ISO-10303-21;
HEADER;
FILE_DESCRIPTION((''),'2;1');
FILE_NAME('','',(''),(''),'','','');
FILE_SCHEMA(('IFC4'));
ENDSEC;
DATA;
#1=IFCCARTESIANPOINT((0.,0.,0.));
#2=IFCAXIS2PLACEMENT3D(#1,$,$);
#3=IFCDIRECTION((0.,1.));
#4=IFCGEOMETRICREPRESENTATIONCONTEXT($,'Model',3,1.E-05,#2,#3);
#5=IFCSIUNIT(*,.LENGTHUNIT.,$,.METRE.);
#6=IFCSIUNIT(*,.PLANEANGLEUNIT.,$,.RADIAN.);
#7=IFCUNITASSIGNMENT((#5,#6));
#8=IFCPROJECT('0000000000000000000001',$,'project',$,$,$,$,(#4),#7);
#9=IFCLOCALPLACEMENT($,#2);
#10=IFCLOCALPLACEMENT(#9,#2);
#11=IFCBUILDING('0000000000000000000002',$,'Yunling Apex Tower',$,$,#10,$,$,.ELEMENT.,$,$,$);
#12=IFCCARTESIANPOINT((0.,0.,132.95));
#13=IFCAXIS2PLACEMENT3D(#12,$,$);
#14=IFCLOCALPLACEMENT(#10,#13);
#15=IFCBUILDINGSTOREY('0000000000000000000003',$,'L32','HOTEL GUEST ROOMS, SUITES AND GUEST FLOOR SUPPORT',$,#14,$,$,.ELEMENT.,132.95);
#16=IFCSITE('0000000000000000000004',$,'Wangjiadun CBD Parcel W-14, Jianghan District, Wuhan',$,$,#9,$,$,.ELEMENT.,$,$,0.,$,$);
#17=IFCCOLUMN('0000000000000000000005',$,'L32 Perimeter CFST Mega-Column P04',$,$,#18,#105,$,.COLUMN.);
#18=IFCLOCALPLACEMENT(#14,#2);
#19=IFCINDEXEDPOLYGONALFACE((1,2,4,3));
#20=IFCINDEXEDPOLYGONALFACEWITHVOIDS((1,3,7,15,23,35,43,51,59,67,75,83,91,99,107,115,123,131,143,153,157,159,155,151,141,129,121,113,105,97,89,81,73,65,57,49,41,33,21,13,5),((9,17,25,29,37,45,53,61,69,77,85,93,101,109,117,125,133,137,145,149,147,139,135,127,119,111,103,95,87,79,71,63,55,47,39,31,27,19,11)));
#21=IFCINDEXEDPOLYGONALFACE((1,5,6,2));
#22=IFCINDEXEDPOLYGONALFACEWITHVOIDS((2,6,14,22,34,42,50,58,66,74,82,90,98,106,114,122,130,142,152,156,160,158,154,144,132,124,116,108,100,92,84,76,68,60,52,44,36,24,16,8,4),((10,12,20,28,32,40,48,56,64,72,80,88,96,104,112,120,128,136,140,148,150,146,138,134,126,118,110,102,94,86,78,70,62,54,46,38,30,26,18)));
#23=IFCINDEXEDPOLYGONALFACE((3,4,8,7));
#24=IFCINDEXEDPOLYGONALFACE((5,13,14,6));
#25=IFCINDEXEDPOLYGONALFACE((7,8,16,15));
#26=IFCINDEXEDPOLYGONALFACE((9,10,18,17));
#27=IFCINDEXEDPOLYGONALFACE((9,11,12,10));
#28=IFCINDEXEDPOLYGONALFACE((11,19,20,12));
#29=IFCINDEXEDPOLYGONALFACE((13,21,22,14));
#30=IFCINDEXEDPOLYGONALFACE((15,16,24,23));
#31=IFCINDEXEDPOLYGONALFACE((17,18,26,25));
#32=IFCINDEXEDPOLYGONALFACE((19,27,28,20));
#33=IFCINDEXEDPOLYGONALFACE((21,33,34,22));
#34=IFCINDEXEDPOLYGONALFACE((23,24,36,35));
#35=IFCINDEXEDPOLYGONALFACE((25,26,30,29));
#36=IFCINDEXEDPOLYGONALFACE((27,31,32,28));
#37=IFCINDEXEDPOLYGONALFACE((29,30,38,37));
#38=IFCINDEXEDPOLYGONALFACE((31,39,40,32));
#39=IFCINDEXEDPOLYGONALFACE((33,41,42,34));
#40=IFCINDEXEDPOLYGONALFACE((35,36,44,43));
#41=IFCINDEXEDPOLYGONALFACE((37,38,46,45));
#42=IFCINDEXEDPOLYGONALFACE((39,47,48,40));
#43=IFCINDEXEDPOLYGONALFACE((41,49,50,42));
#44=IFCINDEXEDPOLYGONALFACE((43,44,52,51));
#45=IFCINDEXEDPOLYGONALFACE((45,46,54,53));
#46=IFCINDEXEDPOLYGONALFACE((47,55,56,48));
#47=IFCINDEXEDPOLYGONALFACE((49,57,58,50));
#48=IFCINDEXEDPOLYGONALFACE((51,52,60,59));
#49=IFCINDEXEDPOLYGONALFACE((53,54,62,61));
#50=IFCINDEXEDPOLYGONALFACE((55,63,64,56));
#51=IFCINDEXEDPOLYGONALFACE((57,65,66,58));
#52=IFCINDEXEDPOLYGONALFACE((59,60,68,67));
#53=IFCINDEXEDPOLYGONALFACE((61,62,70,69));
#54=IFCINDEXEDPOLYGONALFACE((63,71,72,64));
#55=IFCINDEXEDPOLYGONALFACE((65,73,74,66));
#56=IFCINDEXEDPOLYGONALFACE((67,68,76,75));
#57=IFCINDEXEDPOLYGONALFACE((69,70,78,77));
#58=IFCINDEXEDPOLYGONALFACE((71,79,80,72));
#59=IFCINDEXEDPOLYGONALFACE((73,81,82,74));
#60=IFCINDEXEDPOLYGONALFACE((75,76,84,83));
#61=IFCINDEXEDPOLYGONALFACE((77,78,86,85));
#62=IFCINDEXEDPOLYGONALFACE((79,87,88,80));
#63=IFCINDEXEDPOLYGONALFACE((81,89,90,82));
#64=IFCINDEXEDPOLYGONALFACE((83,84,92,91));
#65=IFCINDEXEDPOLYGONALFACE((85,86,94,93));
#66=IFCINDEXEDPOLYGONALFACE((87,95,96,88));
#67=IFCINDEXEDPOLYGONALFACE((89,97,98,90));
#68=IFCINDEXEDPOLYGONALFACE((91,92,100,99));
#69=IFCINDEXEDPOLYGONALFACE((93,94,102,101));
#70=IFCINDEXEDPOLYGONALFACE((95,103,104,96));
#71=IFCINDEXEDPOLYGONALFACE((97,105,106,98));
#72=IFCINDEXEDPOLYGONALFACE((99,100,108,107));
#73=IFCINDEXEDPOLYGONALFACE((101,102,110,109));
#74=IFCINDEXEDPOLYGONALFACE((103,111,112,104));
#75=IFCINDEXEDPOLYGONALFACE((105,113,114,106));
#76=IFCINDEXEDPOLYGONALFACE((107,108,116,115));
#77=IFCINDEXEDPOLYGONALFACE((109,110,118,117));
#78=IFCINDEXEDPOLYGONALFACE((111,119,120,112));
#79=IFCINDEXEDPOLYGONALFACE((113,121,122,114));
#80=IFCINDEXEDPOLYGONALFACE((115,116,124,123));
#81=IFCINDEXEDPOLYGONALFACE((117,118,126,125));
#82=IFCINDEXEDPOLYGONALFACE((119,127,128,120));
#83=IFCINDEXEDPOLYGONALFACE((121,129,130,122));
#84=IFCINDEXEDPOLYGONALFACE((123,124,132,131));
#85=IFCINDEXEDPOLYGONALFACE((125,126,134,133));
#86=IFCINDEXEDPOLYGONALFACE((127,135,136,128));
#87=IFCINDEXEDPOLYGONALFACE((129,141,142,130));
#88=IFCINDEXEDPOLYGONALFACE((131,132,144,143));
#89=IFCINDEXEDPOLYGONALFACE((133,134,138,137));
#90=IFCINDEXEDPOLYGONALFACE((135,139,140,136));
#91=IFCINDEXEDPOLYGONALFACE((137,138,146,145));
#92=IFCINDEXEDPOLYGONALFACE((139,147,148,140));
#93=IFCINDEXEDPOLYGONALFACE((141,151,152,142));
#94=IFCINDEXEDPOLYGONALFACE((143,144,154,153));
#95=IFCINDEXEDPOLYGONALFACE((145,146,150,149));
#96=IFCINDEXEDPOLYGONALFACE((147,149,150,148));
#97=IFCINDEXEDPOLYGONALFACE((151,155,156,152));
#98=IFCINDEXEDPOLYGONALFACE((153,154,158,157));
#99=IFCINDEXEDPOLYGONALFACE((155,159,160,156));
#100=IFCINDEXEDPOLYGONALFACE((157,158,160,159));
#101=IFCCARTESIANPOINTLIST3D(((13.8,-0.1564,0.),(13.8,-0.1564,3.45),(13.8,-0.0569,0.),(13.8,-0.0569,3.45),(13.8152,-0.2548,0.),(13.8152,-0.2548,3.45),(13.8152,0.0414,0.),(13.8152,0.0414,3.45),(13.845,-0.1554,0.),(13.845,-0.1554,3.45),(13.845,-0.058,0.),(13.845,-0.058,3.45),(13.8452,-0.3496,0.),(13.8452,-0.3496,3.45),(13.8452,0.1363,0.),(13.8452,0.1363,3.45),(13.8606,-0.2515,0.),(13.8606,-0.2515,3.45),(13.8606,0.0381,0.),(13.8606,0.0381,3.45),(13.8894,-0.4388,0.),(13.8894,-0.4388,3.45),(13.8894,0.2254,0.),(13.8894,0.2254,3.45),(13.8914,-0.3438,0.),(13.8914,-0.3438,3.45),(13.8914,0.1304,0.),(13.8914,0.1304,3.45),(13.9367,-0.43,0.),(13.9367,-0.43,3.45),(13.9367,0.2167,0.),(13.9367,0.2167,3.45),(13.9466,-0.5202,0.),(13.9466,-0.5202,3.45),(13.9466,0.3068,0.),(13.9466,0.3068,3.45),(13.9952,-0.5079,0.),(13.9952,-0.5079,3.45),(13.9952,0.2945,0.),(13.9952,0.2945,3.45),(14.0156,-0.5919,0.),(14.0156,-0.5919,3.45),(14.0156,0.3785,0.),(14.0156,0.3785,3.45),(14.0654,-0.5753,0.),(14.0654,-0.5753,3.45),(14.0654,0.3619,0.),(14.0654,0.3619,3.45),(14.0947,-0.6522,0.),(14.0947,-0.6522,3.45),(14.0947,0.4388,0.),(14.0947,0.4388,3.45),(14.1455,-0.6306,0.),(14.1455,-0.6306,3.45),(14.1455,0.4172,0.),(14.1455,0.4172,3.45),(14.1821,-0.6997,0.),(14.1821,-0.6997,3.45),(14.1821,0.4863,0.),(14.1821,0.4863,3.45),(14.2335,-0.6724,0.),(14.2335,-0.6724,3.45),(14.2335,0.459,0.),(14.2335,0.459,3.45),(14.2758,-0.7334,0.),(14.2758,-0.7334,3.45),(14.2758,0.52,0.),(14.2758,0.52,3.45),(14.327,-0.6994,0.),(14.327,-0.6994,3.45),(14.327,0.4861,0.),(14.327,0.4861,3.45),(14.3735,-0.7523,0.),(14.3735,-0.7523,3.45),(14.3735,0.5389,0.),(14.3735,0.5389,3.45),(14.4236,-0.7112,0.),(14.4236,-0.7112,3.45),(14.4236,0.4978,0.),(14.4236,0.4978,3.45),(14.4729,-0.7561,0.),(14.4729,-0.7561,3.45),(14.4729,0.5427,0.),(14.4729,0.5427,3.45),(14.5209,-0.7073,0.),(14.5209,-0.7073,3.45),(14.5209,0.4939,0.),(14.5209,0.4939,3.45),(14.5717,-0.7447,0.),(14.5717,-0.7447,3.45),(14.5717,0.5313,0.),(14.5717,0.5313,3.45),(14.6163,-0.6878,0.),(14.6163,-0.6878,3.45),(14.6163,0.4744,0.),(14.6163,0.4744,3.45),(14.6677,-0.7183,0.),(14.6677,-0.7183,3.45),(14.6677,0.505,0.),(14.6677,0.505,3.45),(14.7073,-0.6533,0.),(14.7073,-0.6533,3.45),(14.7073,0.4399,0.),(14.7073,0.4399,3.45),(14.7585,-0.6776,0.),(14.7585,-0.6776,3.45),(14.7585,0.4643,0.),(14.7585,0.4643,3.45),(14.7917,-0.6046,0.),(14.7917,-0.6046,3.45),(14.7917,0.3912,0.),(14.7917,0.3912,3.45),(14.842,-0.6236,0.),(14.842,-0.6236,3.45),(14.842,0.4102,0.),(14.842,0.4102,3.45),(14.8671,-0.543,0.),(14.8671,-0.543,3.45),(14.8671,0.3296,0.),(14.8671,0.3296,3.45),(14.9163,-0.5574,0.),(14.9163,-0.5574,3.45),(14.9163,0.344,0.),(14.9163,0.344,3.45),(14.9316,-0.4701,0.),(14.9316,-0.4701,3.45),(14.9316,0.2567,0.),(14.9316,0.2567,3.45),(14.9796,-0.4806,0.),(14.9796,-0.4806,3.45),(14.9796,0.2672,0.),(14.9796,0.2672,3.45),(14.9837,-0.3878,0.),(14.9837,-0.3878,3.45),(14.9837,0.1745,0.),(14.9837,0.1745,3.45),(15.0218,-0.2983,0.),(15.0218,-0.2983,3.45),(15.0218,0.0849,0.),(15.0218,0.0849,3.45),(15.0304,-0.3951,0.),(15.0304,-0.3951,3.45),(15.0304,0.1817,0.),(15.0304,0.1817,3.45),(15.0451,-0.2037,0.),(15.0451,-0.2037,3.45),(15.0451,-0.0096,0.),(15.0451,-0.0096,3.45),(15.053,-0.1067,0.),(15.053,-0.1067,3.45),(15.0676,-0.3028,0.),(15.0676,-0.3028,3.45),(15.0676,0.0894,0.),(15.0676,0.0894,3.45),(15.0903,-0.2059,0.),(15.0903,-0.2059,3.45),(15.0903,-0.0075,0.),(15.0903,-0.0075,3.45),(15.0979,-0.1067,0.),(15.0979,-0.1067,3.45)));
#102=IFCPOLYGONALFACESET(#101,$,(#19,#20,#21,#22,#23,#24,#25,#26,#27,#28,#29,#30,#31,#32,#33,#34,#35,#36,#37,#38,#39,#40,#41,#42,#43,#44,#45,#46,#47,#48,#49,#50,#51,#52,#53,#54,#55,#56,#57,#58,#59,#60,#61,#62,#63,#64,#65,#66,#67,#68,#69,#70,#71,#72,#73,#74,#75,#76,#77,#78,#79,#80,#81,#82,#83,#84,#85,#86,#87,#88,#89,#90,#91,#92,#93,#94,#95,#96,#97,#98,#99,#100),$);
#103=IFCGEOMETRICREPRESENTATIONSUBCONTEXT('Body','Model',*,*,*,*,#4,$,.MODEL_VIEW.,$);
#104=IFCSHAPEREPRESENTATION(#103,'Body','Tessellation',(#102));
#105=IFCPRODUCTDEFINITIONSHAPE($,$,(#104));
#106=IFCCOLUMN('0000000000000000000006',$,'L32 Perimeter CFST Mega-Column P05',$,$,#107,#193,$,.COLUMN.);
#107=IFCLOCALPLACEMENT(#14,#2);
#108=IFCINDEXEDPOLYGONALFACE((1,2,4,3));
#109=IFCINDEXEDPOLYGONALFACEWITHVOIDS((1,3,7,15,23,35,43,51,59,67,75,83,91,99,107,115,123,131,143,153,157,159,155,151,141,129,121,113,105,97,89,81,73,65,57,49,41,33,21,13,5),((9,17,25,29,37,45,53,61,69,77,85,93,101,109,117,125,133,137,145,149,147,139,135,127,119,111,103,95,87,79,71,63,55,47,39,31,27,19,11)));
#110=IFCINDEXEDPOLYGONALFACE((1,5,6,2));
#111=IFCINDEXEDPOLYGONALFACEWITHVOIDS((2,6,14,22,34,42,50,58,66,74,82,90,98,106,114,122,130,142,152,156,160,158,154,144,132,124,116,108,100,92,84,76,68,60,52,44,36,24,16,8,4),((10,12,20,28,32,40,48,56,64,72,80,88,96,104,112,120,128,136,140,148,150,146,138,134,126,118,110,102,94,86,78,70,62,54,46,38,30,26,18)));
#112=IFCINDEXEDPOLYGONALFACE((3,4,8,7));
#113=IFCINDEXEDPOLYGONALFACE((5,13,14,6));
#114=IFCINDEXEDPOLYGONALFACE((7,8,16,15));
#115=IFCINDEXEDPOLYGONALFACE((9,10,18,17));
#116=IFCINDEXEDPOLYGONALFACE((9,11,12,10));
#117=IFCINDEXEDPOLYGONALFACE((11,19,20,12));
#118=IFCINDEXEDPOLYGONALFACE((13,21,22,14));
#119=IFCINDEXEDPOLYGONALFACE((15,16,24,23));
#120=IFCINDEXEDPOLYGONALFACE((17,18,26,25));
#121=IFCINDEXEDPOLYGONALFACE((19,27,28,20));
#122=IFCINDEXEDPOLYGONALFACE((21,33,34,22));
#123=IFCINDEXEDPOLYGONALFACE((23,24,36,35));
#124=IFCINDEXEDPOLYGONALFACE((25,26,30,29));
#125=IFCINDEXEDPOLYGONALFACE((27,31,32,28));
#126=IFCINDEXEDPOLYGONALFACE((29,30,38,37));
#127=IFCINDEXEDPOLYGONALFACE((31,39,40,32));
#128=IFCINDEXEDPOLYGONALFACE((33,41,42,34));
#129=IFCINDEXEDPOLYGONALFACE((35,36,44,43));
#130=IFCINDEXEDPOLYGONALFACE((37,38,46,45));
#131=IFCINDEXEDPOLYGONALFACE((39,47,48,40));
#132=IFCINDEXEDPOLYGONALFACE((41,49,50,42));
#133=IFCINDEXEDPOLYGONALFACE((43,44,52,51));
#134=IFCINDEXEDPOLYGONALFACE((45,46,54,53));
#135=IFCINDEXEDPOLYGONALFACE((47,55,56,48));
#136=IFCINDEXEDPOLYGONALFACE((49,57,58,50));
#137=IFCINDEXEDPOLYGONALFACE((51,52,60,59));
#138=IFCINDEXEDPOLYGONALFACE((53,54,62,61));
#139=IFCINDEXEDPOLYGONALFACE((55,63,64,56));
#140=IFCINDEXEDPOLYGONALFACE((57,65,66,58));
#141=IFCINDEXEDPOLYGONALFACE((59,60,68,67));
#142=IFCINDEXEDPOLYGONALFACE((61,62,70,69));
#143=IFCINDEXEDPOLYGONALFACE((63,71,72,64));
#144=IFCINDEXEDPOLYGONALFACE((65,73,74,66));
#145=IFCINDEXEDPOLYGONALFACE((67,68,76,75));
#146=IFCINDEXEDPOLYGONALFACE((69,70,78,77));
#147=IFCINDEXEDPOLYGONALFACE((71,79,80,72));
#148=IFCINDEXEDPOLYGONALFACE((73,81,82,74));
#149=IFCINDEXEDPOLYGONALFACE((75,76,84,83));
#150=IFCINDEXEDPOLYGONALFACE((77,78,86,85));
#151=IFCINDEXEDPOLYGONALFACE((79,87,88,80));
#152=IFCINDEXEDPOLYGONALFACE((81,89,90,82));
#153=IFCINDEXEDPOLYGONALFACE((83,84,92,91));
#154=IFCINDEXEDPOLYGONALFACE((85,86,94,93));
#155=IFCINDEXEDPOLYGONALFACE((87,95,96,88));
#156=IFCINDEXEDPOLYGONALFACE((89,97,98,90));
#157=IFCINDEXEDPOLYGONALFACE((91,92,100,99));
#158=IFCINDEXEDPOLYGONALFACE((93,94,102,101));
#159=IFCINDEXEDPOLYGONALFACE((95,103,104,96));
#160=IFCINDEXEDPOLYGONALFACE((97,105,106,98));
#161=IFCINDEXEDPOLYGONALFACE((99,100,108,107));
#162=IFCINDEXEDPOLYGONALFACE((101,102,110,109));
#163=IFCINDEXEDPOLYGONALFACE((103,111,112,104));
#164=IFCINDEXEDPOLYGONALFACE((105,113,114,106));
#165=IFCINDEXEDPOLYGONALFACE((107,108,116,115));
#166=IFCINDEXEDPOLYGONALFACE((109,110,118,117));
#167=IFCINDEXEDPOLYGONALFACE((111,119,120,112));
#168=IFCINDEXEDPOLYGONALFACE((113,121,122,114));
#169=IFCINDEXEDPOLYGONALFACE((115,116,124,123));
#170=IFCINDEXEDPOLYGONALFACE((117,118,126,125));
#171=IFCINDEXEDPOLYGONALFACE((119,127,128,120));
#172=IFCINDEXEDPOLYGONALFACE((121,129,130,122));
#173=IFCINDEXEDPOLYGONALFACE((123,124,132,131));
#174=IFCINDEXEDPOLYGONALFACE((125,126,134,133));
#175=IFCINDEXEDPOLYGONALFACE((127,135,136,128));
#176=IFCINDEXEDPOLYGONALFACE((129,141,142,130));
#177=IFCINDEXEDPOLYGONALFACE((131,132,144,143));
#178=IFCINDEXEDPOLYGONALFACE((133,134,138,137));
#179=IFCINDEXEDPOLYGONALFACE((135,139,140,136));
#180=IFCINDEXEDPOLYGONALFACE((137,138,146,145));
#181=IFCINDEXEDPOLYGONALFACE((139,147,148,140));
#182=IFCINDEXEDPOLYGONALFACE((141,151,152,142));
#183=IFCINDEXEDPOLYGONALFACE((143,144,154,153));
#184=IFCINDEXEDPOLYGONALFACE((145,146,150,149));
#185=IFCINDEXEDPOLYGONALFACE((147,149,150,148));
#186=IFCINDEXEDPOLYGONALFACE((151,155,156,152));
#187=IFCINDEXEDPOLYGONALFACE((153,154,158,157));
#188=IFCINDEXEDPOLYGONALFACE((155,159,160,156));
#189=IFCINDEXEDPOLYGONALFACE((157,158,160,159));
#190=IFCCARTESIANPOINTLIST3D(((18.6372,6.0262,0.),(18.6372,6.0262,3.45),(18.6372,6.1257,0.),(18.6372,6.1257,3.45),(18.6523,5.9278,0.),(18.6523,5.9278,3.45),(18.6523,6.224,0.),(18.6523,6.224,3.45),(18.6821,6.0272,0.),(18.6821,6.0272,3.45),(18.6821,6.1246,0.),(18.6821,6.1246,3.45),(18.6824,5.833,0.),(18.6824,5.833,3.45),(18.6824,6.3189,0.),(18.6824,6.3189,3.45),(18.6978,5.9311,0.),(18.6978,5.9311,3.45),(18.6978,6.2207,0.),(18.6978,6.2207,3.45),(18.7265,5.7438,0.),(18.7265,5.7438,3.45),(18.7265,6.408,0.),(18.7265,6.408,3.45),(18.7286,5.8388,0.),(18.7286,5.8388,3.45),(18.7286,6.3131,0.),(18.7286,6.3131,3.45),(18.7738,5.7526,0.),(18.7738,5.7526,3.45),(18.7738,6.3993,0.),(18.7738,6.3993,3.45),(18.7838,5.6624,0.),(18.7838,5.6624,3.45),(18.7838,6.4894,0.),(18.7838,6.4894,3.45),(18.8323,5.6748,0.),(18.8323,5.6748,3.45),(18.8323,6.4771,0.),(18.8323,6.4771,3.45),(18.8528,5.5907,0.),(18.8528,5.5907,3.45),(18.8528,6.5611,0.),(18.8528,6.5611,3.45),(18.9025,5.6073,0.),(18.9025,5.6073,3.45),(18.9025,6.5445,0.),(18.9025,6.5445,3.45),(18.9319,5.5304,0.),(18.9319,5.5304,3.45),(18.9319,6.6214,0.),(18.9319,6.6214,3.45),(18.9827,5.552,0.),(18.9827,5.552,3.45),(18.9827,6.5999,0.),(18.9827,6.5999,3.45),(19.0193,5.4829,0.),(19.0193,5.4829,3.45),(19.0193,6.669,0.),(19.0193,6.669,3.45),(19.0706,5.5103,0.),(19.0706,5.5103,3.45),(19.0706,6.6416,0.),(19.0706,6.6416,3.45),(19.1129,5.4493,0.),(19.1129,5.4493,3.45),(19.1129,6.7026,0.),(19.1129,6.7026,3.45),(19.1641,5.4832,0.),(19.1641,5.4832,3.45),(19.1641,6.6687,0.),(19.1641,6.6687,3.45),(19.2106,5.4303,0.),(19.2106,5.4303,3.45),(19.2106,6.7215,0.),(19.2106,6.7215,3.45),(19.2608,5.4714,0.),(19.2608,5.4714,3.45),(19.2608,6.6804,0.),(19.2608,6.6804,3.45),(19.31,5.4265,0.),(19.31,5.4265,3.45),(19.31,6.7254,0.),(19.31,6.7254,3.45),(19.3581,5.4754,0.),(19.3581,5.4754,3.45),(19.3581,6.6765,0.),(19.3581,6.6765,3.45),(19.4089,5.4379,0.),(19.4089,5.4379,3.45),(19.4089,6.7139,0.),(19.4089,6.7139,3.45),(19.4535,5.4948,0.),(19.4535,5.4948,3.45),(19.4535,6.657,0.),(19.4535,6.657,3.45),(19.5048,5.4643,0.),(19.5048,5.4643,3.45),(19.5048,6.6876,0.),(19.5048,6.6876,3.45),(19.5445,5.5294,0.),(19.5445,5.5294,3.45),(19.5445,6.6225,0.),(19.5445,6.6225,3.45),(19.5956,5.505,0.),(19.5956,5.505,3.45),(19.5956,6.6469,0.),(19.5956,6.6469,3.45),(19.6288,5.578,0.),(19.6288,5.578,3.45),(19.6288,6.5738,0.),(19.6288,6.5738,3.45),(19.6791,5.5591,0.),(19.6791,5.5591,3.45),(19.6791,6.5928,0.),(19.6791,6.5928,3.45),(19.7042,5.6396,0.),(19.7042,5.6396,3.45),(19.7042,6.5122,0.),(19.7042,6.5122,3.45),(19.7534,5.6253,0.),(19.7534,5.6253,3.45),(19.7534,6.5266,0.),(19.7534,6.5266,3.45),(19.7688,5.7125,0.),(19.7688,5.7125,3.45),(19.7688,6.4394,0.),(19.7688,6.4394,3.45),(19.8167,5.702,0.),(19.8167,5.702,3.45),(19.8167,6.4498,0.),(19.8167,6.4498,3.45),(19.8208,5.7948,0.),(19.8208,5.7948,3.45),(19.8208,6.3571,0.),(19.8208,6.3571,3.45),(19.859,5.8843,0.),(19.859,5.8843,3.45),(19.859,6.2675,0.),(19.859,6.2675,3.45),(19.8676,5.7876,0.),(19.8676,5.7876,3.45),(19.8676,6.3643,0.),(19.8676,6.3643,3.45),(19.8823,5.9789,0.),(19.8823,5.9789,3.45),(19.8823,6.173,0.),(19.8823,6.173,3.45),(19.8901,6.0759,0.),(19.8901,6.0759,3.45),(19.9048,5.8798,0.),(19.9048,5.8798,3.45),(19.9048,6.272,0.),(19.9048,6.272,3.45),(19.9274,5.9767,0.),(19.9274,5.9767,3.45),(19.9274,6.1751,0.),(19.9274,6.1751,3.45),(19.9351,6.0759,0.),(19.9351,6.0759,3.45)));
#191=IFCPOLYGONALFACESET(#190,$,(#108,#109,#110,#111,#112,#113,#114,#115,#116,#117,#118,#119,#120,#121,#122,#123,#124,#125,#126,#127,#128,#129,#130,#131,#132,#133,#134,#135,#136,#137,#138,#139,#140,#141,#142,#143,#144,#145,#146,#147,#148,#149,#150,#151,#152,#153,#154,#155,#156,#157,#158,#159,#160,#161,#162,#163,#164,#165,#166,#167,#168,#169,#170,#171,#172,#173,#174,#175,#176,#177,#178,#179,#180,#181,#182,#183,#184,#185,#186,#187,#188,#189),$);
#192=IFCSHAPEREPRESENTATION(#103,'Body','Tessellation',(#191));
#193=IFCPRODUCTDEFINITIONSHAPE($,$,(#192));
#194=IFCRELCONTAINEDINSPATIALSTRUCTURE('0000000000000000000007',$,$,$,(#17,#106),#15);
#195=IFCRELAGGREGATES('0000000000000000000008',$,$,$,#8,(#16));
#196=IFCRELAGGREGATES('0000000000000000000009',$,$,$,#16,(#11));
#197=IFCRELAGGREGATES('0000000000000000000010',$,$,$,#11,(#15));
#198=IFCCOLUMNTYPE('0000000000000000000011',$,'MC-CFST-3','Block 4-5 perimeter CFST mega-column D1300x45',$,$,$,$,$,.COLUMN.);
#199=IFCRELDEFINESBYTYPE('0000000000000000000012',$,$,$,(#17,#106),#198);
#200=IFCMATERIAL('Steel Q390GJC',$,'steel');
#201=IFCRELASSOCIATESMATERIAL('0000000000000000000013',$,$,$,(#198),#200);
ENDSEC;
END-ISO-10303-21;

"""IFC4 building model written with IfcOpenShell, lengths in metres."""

from ifc_helpers import new_model, si_unit, direction, frame, origin, origin_2d, place, context, subcontext, project, spatial, hollow_circle, extrude, source, transform, mapped, material, material_profile, profile_set, type_object, element, save


model = new_model("IFC4")

# Units and contexts
model_context = context("Model", 3, precision=1e-05, world=origin(), true_north=direction((0.0, 1.0)))
body_context = subcontext(model_context, "Body", "Model", "MODEL_VIEW")
ifc_project = project(units=[si_unit("LENGTHUNIT", "METRE"), si_unit("PLANEANGLEUNIT", "RADIAN")], contexts=[model_context])

# Site, building, storey
site_placement = place(None, origin())
site = spatial("IfcSite", under=ifc_project, at=site_placement, Name="Wangjiadun CBD Parcel W-14, Jianghan District, Wuhan", CompositionType="ELEMENT", RefElevation=0.0)
building_placement = place(site_placement, origin())
building = spatial("IfcBuilding", under=site, at=building_placement, Name="Yunling Apex Tower", CompositionType="ELEMENT")
storey_placement = place(building_placement, frame((0.0, 0.0, 132.95)))
storey = spatial("IfcBuildingStorey", under=building, at=storey_placement, Name="L32", Description="HOTEL GUEST ROOMS, SUITES AND GUEST FLOOR SUPPORT", CompositionType="ELEMENT", Elevation=132.95)

# Columns
ifc_material_1 = material(Name="Steel Q390GJC", Category="steel")
ifc_material_profile_1 = material_profile(ifc_material_1, hollow_circle(Radius=0.6499, WallThickness=0.0449, at=origin_2d()))
ifc_profile_set_1 = profile_set([ifc_material_profile_1], Name="Steel Q390GJC")
column_type = type_object("IfcColumnType", Name="MC-CFST-3", Description="Block 4-5 perimeter CFST mega-column D1300x45", PredefinedType="COLUMN", material=ifc_profile_set_1)
shared_shape_1 = source(origin(), body_context, "Body", "SweptSolid", [
    extrude(hollow_circle(Radius=0.6499, WallThickness=0.0449, at=origin_2d()), origin(), (0.0, 0.0, 1.0), 3.45),
])
for number, where, z_axis, x_axis, name in (
    (1, (14.448, -0.1067, 0.0), (0.0, 0.0, 1.0), (1.0, 0.0, 0.0), "L32 Perimeter CFST Mega-Column P04"),
    (2, (19.2852, 6.0759, 0.0), (0.0, 0.0, 1.0), (1.0, 0.0, 0.0), "L32 Perimeter CFST Mega-Column P05"),
):
    element("IfcColumn", number, at=place(storey_placement, frame(where, z_axis=z_axis, x_axis=x_axis)), inside=storey, type_object=column_type, Name=name, PredefinedType="COLUMN", context=body_context, shape_type="MappedRepresentation", body=[
        mapped(shared_shape_1, transform((0.0, 0.0, 0.0), scale=1.0)),
    ])

save(model, "model.ifc")
